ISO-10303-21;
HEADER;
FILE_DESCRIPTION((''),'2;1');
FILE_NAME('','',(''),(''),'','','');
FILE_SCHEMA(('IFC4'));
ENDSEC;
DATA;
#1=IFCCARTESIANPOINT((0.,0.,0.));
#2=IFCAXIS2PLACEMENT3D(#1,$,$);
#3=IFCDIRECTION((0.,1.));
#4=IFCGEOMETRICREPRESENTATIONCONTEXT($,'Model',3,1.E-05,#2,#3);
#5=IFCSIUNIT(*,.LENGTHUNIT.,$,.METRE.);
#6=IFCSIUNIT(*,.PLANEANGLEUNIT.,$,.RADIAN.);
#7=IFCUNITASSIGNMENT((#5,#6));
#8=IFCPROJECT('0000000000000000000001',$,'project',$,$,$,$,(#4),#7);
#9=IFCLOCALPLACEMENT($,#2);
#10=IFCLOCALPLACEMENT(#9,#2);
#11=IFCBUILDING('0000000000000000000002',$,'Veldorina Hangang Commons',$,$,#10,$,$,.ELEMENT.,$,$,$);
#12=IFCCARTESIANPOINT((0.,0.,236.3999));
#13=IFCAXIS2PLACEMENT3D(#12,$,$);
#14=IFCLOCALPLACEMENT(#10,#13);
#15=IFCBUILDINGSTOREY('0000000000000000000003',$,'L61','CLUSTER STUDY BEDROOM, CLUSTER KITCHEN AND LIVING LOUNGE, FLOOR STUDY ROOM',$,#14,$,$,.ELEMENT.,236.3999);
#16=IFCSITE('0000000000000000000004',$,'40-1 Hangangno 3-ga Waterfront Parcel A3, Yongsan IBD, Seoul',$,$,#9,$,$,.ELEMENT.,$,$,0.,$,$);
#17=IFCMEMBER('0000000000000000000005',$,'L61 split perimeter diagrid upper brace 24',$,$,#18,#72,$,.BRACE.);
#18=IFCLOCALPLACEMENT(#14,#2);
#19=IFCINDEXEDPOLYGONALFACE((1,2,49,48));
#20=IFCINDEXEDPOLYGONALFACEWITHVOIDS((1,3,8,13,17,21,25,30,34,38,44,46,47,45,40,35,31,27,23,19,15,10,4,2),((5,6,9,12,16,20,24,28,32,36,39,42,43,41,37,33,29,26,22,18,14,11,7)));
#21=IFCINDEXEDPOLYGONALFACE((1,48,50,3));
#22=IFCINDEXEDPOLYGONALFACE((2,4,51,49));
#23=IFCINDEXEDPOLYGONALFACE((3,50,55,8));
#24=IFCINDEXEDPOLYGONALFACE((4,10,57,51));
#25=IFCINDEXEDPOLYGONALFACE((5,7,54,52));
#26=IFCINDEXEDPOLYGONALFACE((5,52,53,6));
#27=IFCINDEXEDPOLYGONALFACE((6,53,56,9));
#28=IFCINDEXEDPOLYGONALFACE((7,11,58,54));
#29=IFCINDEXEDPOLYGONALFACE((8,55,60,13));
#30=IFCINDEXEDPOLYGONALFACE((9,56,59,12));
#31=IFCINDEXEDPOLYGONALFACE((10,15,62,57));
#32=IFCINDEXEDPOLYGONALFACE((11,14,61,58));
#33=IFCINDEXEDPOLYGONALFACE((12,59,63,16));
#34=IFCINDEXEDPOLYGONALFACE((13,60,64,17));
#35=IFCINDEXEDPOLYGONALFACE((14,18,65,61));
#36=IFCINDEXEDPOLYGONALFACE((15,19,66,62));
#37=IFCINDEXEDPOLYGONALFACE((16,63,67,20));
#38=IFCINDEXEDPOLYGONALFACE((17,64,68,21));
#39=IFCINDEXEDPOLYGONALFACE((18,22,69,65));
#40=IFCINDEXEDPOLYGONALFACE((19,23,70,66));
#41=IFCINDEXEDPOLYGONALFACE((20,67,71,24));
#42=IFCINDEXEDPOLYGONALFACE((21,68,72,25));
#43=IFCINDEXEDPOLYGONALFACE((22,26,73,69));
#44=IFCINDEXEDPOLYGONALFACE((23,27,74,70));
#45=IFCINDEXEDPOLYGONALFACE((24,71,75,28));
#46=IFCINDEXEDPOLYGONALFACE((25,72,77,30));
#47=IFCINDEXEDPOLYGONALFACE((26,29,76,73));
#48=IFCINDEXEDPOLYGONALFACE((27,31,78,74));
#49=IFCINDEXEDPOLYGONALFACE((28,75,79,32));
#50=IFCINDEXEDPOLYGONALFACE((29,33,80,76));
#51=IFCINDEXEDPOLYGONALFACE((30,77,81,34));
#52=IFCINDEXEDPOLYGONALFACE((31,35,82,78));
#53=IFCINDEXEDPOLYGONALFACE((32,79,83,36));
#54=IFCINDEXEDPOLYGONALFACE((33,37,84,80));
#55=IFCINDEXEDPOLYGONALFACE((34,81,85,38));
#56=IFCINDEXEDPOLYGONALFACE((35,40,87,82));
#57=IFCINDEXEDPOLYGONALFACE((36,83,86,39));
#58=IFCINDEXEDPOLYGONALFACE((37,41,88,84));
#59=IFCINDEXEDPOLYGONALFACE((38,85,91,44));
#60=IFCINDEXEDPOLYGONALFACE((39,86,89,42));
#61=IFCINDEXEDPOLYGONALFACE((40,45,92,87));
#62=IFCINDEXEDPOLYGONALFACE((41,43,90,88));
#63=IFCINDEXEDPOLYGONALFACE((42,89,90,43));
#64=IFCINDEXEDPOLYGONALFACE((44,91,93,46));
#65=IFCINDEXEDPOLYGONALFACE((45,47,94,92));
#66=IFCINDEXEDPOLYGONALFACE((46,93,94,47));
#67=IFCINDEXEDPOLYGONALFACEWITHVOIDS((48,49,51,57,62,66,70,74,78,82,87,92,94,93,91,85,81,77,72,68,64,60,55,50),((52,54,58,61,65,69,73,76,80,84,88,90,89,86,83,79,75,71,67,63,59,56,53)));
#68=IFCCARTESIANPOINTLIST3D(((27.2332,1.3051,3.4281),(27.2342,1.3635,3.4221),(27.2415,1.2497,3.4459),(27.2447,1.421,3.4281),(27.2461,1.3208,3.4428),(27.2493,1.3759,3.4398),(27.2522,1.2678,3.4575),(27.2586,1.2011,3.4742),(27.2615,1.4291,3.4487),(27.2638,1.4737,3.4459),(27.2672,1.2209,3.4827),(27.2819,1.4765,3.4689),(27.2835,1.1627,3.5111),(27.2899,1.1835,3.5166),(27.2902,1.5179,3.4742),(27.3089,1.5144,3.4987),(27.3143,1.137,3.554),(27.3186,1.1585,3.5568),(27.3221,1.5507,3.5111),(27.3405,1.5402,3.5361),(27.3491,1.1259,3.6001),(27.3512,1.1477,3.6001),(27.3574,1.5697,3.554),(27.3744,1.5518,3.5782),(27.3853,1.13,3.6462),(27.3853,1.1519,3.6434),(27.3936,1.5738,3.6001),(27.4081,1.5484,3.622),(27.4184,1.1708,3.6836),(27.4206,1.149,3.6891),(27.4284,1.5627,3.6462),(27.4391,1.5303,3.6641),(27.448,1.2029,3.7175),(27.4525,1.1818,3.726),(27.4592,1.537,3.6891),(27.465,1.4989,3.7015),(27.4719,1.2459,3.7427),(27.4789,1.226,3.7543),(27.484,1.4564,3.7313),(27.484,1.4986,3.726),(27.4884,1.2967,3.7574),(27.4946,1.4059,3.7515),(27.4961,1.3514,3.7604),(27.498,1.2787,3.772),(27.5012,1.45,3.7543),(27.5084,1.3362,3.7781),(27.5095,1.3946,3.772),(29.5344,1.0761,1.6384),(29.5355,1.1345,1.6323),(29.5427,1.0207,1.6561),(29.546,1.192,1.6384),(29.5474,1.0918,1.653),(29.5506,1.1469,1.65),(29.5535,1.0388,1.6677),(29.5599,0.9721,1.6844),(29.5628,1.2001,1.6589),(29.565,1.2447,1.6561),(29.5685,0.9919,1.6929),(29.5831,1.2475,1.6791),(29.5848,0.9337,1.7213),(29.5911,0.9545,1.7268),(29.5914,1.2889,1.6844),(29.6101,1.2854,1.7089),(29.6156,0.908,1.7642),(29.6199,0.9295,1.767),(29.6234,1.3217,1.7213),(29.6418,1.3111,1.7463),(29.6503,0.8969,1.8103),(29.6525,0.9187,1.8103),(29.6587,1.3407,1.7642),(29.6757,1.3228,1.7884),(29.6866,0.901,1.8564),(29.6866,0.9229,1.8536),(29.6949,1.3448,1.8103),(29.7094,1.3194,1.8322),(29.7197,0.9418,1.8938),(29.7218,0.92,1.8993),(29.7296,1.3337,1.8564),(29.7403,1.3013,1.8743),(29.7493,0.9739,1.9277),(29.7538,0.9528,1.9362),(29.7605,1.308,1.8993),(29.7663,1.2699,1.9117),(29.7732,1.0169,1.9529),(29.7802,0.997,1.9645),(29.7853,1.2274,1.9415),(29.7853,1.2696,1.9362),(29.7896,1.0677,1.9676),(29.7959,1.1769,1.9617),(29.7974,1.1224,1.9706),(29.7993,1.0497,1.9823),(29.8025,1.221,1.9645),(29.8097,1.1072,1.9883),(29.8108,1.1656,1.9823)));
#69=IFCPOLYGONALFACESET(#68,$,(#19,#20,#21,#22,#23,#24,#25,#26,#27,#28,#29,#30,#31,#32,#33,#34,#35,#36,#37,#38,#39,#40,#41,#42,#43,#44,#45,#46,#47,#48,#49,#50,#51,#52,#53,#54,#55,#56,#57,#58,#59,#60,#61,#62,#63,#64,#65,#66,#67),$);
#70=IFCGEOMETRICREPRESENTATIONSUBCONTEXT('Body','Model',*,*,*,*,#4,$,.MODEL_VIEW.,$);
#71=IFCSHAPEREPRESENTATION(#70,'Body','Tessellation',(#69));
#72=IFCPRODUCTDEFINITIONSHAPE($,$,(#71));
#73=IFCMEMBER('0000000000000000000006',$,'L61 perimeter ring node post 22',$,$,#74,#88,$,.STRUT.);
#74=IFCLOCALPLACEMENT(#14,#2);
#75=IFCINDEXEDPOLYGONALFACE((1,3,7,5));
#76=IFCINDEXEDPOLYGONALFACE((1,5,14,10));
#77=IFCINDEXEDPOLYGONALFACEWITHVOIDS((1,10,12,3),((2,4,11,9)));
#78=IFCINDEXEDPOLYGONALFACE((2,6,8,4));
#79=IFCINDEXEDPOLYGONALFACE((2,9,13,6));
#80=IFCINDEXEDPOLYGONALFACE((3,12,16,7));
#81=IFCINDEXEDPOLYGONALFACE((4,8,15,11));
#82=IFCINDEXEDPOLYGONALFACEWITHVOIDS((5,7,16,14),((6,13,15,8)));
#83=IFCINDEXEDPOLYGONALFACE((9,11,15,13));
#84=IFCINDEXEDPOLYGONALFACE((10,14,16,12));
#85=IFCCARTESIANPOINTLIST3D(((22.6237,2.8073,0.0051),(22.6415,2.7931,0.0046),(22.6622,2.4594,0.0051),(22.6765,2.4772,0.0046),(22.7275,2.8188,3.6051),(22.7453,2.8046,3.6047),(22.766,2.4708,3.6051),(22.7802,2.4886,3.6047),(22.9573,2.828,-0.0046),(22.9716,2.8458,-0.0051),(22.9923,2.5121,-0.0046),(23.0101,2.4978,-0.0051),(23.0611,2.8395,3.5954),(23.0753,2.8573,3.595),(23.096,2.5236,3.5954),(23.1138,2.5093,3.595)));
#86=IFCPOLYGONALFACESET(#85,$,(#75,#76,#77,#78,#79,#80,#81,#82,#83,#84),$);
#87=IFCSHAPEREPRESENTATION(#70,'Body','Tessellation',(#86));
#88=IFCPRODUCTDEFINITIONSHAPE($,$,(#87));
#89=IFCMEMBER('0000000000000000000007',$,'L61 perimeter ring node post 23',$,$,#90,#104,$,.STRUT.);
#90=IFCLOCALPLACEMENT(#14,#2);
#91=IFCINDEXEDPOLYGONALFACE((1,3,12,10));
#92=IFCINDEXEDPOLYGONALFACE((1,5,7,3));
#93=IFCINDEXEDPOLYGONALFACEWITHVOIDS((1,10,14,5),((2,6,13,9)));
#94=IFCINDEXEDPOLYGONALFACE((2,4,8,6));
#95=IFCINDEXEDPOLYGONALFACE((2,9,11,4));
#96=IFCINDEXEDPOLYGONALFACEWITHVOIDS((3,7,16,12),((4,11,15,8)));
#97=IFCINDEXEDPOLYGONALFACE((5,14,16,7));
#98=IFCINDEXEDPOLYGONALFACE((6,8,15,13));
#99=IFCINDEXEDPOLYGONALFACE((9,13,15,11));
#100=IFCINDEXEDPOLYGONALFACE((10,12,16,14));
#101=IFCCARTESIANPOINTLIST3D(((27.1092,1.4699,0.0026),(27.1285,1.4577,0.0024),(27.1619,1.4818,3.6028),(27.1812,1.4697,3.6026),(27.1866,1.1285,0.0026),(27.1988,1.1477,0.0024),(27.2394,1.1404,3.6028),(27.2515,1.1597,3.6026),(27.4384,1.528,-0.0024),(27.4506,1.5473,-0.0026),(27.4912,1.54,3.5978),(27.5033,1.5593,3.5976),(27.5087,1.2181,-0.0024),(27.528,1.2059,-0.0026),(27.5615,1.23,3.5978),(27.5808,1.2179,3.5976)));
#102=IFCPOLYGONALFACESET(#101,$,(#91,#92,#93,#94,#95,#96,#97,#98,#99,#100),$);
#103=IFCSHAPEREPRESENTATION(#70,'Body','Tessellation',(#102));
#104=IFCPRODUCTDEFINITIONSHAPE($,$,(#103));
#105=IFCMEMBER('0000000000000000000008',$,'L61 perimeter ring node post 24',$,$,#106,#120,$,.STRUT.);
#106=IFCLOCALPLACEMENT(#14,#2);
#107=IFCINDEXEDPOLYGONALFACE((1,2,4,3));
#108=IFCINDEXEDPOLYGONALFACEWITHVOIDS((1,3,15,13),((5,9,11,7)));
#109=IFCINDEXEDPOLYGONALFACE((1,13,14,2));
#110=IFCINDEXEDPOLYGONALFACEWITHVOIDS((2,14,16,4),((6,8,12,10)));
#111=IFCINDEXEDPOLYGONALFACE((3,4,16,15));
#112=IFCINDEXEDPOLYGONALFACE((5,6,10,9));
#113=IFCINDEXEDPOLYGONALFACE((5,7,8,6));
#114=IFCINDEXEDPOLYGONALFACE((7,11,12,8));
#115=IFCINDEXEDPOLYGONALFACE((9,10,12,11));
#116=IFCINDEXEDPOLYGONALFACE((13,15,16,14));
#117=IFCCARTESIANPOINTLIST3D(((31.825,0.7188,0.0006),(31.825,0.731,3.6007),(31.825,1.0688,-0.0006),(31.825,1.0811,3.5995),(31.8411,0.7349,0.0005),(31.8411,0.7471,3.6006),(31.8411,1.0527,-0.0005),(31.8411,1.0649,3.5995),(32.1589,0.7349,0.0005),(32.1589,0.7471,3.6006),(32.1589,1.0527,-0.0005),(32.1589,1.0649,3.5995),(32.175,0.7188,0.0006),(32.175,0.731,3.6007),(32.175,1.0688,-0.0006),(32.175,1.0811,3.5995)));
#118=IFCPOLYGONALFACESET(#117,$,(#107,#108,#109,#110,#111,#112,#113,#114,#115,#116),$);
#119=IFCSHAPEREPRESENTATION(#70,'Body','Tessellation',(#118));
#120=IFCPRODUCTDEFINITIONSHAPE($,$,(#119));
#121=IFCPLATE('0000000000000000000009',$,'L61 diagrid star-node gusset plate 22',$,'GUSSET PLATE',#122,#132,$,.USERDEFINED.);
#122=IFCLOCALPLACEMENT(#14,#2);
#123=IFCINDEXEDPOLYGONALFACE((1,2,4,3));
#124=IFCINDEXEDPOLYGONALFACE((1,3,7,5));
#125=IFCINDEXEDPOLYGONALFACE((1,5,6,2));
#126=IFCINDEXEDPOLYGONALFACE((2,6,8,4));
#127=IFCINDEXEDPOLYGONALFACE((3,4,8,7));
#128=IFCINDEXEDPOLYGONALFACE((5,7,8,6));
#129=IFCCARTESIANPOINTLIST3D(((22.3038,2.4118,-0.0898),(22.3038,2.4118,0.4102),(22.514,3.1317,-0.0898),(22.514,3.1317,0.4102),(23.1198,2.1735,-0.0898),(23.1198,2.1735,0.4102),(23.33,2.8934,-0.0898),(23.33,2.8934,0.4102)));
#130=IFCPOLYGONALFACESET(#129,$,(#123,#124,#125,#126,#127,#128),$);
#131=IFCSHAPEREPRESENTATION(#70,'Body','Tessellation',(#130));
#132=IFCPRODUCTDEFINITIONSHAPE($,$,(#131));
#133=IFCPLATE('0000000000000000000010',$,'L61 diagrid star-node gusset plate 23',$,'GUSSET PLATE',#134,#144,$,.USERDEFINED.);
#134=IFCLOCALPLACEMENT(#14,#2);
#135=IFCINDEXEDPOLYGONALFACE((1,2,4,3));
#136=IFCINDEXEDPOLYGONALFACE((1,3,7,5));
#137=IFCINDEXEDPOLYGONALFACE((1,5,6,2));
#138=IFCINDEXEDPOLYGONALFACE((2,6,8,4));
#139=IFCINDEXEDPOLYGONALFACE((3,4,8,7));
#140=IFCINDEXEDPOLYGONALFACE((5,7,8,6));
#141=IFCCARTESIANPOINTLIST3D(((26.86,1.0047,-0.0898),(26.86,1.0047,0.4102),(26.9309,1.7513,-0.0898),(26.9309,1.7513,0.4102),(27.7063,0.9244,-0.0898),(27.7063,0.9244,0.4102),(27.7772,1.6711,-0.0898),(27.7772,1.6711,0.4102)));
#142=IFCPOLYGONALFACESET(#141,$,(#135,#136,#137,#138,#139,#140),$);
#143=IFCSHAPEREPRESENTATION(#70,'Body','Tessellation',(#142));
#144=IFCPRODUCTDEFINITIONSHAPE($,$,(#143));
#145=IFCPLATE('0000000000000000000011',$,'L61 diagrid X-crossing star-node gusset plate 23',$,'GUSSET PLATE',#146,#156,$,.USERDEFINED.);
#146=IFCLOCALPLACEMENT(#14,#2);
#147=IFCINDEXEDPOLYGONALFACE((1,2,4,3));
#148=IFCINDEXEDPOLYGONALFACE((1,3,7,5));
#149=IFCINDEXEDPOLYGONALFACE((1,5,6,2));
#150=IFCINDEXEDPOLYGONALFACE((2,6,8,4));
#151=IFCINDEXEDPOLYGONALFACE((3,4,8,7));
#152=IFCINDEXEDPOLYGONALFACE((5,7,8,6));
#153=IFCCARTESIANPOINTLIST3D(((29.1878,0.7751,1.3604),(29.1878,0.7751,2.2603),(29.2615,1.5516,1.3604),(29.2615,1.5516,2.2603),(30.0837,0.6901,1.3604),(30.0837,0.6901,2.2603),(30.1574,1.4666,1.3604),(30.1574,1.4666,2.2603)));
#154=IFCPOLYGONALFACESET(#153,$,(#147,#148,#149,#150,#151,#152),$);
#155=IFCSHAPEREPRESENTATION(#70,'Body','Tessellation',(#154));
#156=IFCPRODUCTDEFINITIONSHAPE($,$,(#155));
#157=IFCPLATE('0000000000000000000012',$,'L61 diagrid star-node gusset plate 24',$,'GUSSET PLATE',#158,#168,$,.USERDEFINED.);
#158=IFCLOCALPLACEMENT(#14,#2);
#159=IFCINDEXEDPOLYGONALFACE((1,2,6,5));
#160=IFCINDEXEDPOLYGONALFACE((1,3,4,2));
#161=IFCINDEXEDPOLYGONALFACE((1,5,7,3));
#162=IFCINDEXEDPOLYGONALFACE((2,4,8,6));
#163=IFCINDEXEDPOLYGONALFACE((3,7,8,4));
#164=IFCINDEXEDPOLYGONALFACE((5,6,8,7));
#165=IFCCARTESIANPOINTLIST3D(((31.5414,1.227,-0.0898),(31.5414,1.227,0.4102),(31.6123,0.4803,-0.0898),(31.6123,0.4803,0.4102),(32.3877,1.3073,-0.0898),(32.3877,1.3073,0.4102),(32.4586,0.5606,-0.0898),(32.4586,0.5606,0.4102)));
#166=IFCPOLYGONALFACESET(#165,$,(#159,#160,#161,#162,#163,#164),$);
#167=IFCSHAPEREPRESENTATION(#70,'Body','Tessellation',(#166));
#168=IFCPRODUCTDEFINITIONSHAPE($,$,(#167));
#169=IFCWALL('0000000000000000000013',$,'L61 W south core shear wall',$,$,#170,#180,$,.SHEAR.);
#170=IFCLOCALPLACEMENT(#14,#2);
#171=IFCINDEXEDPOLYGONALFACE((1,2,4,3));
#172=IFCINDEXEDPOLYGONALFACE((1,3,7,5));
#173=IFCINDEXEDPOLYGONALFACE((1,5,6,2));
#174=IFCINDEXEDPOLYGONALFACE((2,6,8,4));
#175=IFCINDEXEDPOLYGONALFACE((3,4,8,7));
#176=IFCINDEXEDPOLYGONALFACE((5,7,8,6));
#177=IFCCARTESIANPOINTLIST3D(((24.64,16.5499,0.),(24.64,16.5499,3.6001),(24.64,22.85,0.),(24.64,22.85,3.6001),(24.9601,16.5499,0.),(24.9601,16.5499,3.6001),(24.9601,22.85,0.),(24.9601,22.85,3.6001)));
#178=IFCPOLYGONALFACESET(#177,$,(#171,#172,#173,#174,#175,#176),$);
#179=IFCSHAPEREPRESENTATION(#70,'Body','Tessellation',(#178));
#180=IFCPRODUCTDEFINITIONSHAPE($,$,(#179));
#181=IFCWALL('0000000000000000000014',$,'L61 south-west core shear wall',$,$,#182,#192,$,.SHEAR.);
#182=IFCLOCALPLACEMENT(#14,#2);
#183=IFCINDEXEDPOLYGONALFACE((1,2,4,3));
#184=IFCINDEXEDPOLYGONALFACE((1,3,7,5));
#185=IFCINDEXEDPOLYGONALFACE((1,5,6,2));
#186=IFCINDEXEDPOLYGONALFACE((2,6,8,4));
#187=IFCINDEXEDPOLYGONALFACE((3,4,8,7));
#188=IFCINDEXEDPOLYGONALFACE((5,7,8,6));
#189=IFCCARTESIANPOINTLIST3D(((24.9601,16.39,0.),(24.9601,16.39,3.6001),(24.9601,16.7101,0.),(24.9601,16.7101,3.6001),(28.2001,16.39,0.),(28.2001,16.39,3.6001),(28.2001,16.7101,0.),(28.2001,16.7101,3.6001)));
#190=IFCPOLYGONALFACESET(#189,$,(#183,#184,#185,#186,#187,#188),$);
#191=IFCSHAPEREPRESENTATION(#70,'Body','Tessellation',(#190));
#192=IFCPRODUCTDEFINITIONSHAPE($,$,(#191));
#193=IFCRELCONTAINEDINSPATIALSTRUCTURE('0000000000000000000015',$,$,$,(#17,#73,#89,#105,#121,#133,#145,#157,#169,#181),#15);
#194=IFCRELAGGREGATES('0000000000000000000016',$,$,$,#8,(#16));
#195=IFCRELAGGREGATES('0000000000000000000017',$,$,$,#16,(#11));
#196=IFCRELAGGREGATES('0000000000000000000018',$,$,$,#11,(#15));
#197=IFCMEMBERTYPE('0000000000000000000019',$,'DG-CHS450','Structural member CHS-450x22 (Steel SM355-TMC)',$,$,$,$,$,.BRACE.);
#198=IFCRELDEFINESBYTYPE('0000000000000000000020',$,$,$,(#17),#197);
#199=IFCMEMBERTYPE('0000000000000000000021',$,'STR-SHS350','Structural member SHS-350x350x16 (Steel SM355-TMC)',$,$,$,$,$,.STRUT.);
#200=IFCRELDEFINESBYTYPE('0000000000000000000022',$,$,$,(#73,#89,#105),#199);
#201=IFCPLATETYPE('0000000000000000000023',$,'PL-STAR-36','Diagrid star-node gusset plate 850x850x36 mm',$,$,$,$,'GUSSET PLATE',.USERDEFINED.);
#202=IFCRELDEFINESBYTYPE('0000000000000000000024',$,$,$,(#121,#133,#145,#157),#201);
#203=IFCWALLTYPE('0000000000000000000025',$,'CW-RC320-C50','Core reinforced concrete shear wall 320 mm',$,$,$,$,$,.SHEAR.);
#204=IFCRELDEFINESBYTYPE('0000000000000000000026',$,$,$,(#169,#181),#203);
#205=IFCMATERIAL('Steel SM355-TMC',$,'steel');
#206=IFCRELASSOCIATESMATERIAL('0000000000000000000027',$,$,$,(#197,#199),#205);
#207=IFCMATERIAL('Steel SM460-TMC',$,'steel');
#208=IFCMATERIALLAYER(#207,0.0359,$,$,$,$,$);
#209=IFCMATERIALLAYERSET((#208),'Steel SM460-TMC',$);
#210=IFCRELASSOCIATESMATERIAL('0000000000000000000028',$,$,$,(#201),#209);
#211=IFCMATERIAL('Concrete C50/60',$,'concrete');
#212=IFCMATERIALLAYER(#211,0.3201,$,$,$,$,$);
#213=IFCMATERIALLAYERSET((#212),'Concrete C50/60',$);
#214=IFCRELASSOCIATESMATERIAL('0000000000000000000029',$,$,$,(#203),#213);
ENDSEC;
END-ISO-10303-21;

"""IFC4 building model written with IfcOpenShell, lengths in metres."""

from ifc_helpers import new_model, si_unit, direction, frame, frame_2d, origin, origin_2d, place, context, subcontext, project, spatial, rectangle, hollow_rectangle, hollow_circle, extrude, material, layer, layer_set, material_profile, profile_set, type_object, element, save


model = new_model("IFC4")

# Units and contexts
model_context = context("Model", 3, precision=1e-05, world=origin(), true_north=direction((0.0, 1.0)))
body_context = subcontext(model_context, "Body", "Model", "MODEL_VIEW")
ifc_project = project(units=[si_unit("LENGTHUNIT", "METRE"), si_unit("PLANEANGLEUNIT", "RADIAN")], contexts=[model_context])

# Site, building, storey
site_placement = place(None, origin())
site = spatial("IfcSite", under=ifc_project, at=site_placement, Name="40-1 Hangangno 3-ga Waterfront Parcel A3, Yongsan IBD, Seoul", CompositionType="ELEMENT", RefElevation=0.0)
building_placement = place(site_placement, origin())
building = spatial("IfcBuilding", under=site, at=building_placement, Name="Veldorina Hangang Commons", CompositionType="ELEMENT")
storey_placement = place(building_placement, frame((0.0, 0.0, 236.3999)))
storey = spatial("IfcBuildingStorey", under=building, at=storey_placement, Name="L61", Description="CLUSTER STUDY BEDROOM, CLUSTER KITCHEN AND LIVING LOUNGE, FLOOR STUDY ROOM", CompositionType="ELEMENT", Elevation=236.3999)

# Shared definitions
ifc_material_1 = material(Name="Steel SM355-TMC", Category="steel")

# Members
ifc_material_profile_1 = material_profile(ifc_material_1, hollow_circle(Radius=0.2251, WallThickness=0.022, at=origin_2d()), Name="CHS-450x22")
ifc_profile_set_1 = profile_set([ifc_material_profile_1], Name="Steel SM355-TMC")
member_type_1 = type_object("IfcMemberType", Name="DG-CHS450", Description="Structural member CHS-450x22 (Steel SM355-TMC)", PredefinedType="BRACE", material=ifc_profile_set_1)
member_1_placement = place(storey_placement, frame((29.6726, 1.1208, 1.8103), z_axis=(-0.786942, 0.07831, 0.612038), x_axis=(-0.099023, -0.995085, 0.0)))
element("IfcMember", 1, at=member_1_placement, inside=storey, type_object=member_type_1, Name="L61 split perimeter diagrid upper brace 24", PredefinedType="BRACE", context=body_context, shape_type="SweptSolid", body=[
    extrude(hollow_circle(Radius=0.2251, WallThickness=0.022, at=origin_2d()), origin(), (0.0, 0.0, 1.0), 2.9243),
])
ifc_material_profile_2 = material_profile(ifc_material_1, hollow_rectangle(XDim=0.3501, YDim=0.3501, WallThickness=0.0161, at=origin_2d()), Name="SHS-350x350x16")
ifc_profile_set_2 = profile_set([ifc_material_profile_2], Name="Steel SM355-TMC")
member_type_2 = type_object("IfcMemberType", Name="STR-SHS350", Description="Structural member SHS-350x350x16 (Steel SM355-TMC)", PredefinedType="STRUT", material=ifc_profile_set_2)
member_2_placement = place(storey_placement, frame((22.8169, 2.6526, 0.0), z_axis=(0.028809, 0.003186, 0.99958), x_axis=(-0.109918, 0.993941, 0.0)))
element("IfcMember", 2, at=member_2_placement, inside=storey, type_object=member_type_2, Name="L61 perimeter ring node post 22", PredefinedType="STRUT", context=body_context, shape_type="SweptSolid", body=[
    extrude(hollow_rectangle(XDim=0.3501, YDim=0.3501, WallThickness=0.0161, at=origin_2d()), origin(), (0.0, 0.0, 1.0), 3.6016),
])
member_3_placement = place(storey_placement, frame((27.3186, 1.3379, 0.0), z_axis=(0.014646, 0.003323, 0.999887), x_axis=(-0.221231, 0.975221, 0.0)))
element("IfcMember", 3, at=member_3_placement, inside=storey, type_object=member_type_2, Name="L61 perimeter ring node post 23", PredefinedType="STRUT", context=body_context, shape_type="SweptSolid", body=[
    extrude(hollow_rectangle(XDim=0.3501, YDim=0.3501, WallThickness=0.0161, at=origin_2d()), origin(), (0.0, 0.0, 1.0), 3.6006),
])
member_4_placement = place(storey_placement, frame((32.0, 0.8938, 0.0), z_axis=(0.0, 0.003391, 0.999994), x_axis=(-1.0, 0.0, 0.0)))
element("IfcMember", 4, at=member_4_placement, inside=storey, type_object=member_type_2, Name="L61 perimeter ring node post 24", PredefinedType="STRUT", context=body_context, shape_type="SweptSolid", body=[
    extrude(hollow_rectangle(XDim=0.3501, YDim=0.3501, WallThickness=0.0161, at=origin_2d()), origin(), (0.0, 0.0, 1.0), 3.6001),
])

# Plates
ifc_material_2 = material(Name="Steel SM460-TMC", Category="steel")
ifc_layer_1 = layer(ifc_material_2, 0.0359)
ifc_layer_set_1 = layer_set([ifc_layer_1], Name="Steel SM460-TMC")
plate_type = type_object("IfcPlateType", Name="PL-STAR-36", Description="Diagrid star-node gusset plate 850x850x36 mm", ElementType="GUSSET PLATE", PredefinedType="USERDEFINED", material=ifc_layer_set_1)
for number, where, z_axis, x_axis, name in (
    (5, (22.8169, 2.6526, -0.0898), (0.0, 0.0, 1.0), (0.959893, -0.280365, 0.0), "L61 diagrid star-node gusset plate 22"),
    (6, (27.3186, 1.3379, -0.0898), (0.0, 0.0, 1.0), (0.995532, -0.094421, 0.0), "L61 diagrid star-node gusset plate 23"),
):
    element("IfcPlate", number, at=place(storey_placement, frame(where, z_axis=z_axis, x_axis=x_axis)), inside=storey, type_object=plate_type, Name=name, ObjectType="GUSSET PLATE", PredefinedType="USERDEFINED", context=body_context, shape_type="SweptSolid", body=[
        extrude(rectangle(XDim=0.8501, YDim=0.75, at=origin_2d()), origin(), (0.0, 0.0, 1.0), 0.5),
    ])
plate_1_placement = place(storey_placement, frame((29.6726, 1.1208, 1.3604), z_axis=(0.0, 0.0, 1.0), x_axis=(0.995532, -0.094421, 0.0)))
element("IfcPlate", 7, at=plate_1_placement, inside=storey, type_object=plate_type, Name="L61 diagrid X-crossing star-node gusset plate 23", ObjectType="GUSSET PLATE", PredefinedType="USERDEFINED", context=body_context, shape_type="SweptSolid", body=[
    extrude(rectangle(XDim=0.8999, YDim=0.78, at=origin_2d()), origin(), (0.0, 0.0, 1.0), 0.8999),
])
plate_2_placement = place(storey_placement, frame((32.0, 0.8938, -0.0898), z_axis=(0.0, 0.0, 1.0), x_axis=(0.995532, 0.094421, 0.0)))
element("IfcPlate", 8, at=plate_2_placement, inside=storey, type_object=plate_type, Name="L61 diagrid star-node gusset plate 24", ObjectType="GUSSET PLATE", PredefinedType="USERDEFINED", context=body_context, shape_type="SweptSolid", body=[
    extrude(rectangle(XDim=0.8501, YDim=0.75, at=origin_2d()), origin(), (0.0, 0.0, 1.0), 0.5),
])

# Walls
ifc_material_3 = material(Name="Concrete C50/60", Category="concrete")
ifc_layer_2 = layer(ifc_material_3, 0.3201)
ifc_layer_set_2 = layer_set([ifc_layer_2], Name="Concrete C50/60")
wall_type_1 = type_object("IfcWallType", Name="CW-RC320-C50", Description="Core reinforced concrete shear wall 320 mm", PredefinedType="SHEAR", material=ifc_layer_set_2)
wall_1_placement = place(storey_placement, frame((24.8, 16.55, 0.0), z_axis=(0.0, 0.0, 1.0), x_axis=(0.0, 1.0, 0.0)))
element("IfcWall", 9, at=wall_1_placement, inside=storey, type_object=wall_type_1, Name="L61 W south core shear wall", PredefinedType="SHEAR", context=body_context, shape_type="SweptSolid", body=[
    extrude(rectangle(XDim=6.3, YDim=0.3201, at=frame_2d((3.1499, 0.0))), origin(), (0.0, 0.0, 1.0), 3.6001),
])
wall_2_placement = place(storey_placement, frame((24.96, 16.55, 0.0), z_axis=(0.0, 0.0, 1.0), x_axis=(1.0, 0.0, 0.0)))
element("IfcWall", 10, at=wall_2_placement, inside=storey, type_object=wall_type_1, Name="L61 south-west core shear wall", PredefinedType="SHEAR", context=body_context, shape_type="SweptSolid", body=[
    extrude(rectangle(XDim=3.24, YDim=0.3201, at=frame_2d((1.6201, 0.0))), origin(), (0.0, 0.0, 1.0), 3.6001),
])

save(model, "model.ifc")
